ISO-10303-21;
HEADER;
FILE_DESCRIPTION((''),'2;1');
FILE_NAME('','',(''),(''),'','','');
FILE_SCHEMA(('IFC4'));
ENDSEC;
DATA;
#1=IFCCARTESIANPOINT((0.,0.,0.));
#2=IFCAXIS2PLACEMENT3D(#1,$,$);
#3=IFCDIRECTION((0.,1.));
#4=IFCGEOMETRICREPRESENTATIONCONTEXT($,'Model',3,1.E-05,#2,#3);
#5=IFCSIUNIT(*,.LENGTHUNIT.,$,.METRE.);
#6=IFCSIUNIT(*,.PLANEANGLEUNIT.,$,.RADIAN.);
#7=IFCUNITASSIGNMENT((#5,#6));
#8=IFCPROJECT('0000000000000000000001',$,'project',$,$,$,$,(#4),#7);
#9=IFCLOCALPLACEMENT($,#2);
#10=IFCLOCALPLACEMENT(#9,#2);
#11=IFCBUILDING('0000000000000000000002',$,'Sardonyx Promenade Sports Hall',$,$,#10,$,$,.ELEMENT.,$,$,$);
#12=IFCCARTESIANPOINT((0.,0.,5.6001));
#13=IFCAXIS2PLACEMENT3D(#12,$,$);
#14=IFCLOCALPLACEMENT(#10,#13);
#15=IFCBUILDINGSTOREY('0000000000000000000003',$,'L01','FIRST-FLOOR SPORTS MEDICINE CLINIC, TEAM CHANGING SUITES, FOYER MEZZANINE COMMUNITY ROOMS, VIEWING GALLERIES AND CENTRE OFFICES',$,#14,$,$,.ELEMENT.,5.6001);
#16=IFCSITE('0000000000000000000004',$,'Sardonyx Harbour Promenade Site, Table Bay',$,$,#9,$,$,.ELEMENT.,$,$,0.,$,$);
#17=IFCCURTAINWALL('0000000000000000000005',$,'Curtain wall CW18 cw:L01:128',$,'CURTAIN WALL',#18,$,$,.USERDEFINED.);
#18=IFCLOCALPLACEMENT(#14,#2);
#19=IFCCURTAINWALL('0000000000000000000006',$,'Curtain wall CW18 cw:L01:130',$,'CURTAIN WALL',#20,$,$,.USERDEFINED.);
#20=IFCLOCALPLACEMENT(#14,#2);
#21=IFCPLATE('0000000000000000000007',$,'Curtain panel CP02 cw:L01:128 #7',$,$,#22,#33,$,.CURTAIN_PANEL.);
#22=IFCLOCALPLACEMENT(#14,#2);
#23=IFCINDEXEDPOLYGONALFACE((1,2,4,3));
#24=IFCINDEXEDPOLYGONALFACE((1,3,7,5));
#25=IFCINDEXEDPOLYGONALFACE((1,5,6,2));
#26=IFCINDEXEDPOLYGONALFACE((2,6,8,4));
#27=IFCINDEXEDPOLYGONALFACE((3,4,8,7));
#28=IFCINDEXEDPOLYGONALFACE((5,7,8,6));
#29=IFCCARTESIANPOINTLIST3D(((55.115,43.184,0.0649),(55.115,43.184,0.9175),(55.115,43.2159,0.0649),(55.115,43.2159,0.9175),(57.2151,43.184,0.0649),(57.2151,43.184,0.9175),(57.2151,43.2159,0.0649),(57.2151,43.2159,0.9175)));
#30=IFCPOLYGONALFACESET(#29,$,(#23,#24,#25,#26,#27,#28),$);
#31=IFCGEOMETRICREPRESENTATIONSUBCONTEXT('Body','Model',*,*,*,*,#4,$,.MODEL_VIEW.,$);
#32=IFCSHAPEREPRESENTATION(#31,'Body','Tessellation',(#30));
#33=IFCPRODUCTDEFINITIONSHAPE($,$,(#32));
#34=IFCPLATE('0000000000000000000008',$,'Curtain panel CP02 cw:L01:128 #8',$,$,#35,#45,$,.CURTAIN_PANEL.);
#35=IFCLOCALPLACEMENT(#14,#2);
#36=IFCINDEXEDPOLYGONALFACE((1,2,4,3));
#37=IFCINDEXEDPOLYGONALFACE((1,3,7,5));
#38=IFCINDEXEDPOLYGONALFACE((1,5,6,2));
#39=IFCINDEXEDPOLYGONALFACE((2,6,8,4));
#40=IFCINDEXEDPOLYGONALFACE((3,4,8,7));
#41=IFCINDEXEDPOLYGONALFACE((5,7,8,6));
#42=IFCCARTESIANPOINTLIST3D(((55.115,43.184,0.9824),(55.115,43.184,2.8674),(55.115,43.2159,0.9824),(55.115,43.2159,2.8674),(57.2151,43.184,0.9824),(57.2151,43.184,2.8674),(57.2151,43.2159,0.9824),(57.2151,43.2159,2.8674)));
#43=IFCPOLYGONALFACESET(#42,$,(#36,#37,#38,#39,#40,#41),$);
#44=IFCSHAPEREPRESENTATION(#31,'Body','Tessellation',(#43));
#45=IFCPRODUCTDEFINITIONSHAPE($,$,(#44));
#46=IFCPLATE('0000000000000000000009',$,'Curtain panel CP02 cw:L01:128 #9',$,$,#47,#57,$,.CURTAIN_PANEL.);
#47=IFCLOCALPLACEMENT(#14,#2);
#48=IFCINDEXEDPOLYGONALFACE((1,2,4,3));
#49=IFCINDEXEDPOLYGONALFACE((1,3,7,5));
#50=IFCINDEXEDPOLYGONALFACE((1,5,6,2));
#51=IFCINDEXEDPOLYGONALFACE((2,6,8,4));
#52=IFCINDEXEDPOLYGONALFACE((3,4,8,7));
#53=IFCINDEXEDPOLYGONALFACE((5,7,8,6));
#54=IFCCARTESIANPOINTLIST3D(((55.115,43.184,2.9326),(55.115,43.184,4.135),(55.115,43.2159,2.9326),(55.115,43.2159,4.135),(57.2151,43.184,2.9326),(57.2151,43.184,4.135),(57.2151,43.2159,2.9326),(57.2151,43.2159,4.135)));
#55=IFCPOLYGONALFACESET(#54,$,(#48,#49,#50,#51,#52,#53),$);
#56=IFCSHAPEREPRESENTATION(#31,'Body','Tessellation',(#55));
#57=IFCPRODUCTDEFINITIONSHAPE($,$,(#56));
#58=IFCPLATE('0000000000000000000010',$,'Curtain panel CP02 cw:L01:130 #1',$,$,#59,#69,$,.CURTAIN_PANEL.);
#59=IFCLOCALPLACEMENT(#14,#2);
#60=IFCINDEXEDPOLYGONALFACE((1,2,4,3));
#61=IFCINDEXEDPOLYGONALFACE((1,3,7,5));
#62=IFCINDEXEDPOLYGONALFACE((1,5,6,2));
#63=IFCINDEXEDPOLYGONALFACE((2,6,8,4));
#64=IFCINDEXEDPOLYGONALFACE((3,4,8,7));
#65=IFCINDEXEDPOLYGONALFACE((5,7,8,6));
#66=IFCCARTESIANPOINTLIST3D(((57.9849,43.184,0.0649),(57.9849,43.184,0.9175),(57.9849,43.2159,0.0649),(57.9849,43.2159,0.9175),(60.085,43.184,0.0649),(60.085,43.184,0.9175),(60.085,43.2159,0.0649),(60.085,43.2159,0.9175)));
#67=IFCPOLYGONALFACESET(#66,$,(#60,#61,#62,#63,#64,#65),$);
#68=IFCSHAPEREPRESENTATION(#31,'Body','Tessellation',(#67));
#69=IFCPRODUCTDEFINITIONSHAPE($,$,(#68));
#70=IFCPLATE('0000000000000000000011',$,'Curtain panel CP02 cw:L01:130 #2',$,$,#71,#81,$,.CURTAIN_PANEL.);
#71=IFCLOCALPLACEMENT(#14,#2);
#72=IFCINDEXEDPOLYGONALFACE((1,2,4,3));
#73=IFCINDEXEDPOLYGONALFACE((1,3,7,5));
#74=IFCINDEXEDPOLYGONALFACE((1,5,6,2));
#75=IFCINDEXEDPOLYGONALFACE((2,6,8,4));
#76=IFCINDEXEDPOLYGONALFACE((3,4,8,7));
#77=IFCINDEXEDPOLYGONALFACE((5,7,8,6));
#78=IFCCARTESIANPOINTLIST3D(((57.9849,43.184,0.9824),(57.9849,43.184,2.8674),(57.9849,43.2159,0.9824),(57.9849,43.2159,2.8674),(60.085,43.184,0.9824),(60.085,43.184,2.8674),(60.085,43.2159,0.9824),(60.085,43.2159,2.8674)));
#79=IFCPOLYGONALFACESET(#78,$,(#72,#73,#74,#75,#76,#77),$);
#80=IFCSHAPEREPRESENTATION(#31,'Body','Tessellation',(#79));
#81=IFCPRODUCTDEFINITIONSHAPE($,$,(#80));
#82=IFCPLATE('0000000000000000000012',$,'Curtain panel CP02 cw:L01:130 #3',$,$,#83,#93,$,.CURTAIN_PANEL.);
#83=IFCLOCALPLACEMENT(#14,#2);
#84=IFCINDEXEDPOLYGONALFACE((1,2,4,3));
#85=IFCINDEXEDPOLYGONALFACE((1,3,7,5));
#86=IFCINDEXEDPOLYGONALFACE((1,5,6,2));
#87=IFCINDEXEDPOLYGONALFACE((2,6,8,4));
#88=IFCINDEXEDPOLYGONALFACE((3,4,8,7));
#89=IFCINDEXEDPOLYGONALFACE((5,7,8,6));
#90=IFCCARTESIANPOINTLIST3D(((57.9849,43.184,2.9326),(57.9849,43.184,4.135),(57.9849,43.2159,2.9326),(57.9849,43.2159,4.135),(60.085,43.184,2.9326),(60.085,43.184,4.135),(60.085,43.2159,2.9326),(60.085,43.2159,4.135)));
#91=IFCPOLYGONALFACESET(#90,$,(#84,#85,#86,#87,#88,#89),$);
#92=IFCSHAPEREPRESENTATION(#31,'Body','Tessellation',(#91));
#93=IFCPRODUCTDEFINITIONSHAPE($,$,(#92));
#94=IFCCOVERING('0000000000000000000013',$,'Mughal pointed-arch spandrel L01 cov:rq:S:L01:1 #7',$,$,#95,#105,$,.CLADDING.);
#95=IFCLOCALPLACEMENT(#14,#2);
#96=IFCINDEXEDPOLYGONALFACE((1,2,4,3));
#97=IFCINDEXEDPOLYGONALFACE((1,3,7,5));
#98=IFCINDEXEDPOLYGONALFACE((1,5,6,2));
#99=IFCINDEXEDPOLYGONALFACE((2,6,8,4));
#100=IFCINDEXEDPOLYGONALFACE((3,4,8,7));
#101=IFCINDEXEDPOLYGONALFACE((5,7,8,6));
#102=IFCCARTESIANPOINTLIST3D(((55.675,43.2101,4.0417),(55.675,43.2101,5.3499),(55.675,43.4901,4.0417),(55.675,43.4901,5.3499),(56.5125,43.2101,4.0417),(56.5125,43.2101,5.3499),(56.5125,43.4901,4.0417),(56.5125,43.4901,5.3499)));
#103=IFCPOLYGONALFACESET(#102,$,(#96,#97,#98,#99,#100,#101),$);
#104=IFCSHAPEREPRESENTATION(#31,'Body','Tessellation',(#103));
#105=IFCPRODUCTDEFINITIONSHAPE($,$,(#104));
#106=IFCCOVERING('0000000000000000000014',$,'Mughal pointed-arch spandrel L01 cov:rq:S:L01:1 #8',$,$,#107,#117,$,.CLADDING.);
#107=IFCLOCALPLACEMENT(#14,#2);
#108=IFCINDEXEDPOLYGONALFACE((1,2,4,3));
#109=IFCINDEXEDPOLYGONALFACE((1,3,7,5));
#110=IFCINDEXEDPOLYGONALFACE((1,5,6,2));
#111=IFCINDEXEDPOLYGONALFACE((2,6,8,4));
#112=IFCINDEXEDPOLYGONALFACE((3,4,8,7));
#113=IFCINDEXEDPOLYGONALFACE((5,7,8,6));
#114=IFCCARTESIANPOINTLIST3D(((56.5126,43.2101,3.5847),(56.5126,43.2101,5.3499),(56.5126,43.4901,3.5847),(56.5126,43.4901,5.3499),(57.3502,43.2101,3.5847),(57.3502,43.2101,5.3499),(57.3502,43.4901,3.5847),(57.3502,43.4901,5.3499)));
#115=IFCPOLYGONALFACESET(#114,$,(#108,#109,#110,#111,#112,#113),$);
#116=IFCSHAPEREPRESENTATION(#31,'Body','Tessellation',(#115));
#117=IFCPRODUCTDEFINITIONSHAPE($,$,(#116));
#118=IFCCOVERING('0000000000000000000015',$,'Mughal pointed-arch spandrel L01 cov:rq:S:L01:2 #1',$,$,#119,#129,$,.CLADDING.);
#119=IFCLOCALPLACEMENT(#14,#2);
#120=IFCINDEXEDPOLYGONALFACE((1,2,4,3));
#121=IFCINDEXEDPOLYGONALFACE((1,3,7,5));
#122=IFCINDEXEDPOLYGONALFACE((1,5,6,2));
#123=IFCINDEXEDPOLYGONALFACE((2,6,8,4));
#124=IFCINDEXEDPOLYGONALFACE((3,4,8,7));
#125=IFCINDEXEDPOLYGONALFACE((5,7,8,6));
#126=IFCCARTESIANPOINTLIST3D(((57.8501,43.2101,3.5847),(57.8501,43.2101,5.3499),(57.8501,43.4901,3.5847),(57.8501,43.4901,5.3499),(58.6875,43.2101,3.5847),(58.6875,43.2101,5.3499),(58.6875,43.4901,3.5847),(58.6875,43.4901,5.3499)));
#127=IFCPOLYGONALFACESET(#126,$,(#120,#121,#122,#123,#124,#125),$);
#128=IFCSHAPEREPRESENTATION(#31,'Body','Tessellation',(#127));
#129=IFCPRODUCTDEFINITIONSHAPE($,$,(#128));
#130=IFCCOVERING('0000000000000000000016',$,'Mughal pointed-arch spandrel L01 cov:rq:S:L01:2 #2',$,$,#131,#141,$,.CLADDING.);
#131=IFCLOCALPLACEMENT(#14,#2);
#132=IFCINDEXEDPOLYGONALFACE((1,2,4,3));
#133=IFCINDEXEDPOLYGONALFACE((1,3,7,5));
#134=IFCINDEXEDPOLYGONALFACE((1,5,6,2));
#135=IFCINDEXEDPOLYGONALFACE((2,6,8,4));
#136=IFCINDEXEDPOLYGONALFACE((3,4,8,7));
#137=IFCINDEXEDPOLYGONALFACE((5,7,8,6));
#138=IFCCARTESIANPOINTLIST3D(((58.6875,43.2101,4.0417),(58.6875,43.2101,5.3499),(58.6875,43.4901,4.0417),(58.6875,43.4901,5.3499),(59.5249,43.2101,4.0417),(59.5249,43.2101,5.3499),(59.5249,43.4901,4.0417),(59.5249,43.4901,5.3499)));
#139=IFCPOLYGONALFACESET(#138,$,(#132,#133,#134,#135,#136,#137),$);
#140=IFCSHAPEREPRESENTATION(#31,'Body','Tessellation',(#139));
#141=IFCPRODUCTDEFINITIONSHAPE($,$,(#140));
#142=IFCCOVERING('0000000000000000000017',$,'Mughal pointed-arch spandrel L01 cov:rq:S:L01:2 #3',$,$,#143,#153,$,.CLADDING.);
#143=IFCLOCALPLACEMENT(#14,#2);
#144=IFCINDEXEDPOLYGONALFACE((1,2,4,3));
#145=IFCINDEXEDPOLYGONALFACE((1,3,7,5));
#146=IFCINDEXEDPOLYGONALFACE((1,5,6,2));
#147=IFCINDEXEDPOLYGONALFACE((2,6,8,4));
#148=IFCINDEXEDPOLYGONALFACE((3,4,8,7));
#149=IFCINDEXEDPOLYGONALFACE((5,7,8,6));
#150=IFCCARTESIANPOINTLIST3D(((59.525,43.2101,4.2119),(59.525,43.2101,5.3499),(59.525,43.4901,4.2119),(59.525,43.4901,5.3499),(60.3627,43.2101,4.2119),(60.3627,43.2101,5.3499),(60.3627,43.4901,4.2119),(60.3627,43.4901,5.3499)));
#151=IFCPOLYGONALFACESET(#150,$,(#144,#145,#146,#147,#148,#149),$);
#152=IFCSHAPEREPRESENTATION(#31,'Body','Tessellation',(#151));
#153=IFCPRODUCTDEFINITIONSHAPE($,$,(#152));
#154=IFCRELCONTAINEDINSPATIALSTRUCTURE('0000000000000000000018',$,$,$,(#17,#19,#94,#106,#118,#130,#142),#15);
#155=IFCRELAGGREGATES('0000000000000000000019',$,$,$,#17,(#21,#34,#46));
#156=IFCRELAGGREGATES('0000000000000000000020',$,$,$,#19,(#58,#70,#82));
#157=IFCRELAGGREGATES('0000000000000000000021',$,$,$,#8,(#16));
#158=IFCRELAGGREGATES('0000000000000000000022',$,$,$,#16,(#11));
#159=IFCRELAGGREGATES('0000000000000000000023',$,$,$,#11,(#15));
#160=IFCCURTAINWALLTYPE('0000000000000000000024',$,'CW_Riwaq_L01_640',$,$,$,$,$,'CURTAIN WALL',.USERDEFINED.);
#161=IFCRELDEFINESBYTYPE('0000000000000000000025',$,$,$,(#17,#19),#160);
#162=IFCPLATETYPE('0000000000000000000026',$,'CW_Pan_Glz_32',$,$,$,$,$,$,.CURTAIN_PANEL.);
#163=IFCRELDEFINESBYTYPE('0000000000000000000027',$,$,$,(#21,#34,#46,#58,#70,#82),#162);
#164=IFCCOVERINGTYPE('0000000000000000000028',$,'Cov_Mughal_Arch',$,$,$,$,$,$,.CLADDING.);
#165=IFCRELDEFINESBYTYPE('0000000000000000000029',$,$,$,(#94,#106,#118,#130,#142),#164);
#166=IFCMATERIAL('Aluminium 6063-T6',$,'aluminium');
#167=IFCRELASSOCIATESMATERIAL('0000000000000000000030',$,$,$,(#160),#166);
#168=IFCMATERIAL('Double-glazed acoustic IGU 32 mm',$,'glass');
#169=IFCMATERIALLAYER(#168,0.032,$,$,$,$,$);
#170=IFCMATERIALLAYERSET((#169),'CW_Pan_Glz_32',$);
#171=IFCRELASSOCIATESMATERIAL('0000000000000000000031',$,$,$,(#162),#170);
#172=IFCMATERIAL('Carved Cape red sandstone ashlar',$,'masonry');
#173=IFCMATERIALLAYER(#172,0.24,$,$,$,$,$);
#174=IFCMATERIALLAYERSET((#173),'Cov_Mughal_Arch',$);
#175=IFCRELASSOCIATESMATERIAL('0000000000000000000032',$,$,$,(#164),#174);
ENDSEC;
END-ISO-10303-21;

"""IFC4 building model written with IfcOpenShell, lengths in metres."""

from ifc_helpers import new_model, si_unit, direction, frame, frame_2d, origin, origin_2d, place, context, subcontext, project, spatial, rectangle, extrude, material, layer, layer_set, type_object, element, aggregate, save


model = new_model("IFC4")

# Units and contexts
model_context = context("Model", 3, precision=1e-05, world=origin(), true_north=direction((0.0, 1.0)))
body_context = subcontext(model_context, "Body", "Model", "MODEL_VIEW")
ifc_project = project(units=[si_unit("LENGTHUNIT", "METRE"), si_unit("PLANEANGLEUNIT", "RADIAN")], contexts=[model_context])

# Site, building, storey
site_placement = place(None, origin())
site = spatial("IfcSite", under=ifc_project, at=site_placement, Name="Sardonyx Harbour Promenade Site, Table Bay", CompositionType="ELEMENT", RefElevation=0.0)
building_placement = place(site_placement, origin())
building = spatial("IfcBuilding", under=site, at=building_placement, Name="Sardonyx Promenade Sports Hall", CompositionType="ELEMENT")
storey_placement = place(building_placement, frame((0.0, 0.0, 5.6001)))
storey = spatial("IfcBuildingStorey", under=building, at=storey_placement, Name="L01", Description="FIRST-FLOOR SPORTS MEDICINE CLINIC, TEAM CHANGING SUITES, FOYER MEZZANINE COMMUNITY ROOMS, VIEWING GALLERIES AND CENTRE OFFICES", CompositionType="ELEMENT", Elevation=5.6001)

# Curtain wall
ifc_material_1 = material(Name="Aluminium 6063-T6", Category="aluminium")
curtain_wall_type = type_object("IfcCurtainWallType", Name="CW_Riwaq_L01_640", ElementType="CURTAIN WALL", PredefinedType="USERDEFINED", material=ifc_material_1)
curtain_wall_1_placement = place(storey_placement, origin())
curtain_wall_1 = element("IfcCurtainWall", 1, at=curtain_wall_1_placement, inside=storey, type_object=curtain_wall_type, Name="Curtain wall CW18 cw:L01:128", ObjectType="CURTAIN WALL", PredefinedType="USERDEFINED")

# Curtain wall
curtain_wall_2_placement = place(storey_placement, origin())
curtain_wall_2 = element("IfcCurtainWall", 2, at=curtain_wall_2_placement, inside=storey, type_object=curtain_wall_type, Name="Curtain wall CW18 cw:L01:130", ObjectType="CURTAIN WALL", PredefinedType="USERDEFINED")

# Plates
ifc_material_2 = material(Name="Double-glazed acoustic IGU 32 mm", Category="glass")
ifc_layer_1 = layer(ifc_material_2, 0.032)
ifc_layer_set_1 = layer_set([ifc_layer_1], Name="CW_Pan_Glz_32")
plate_type = type_object("IfcPlateType", Name="CW_Pan_Glz_32", PredefinedType="CURTAIN_PANEL", material=ifc_layer_set_1)
plate_1_placement = place(storey_placement, frame((56.165, 43.2, 0.0649), z_axis=(0.0, 0.0, 1.0), x_axis=(1.0, 0.0, 0.0)))
plate_1 = element("IfcPlate", 3, at=plate_1_placement, type_object=plate_type, Name="Curtain panel CP02 cw:L01:128 #7", PredefinedType="CURTAIN_PANEL", context=body_context, shape_type="SweptSolid", body=[
    extrude(rectangle(XDim=2.1001, YDim=0.032, at=origin_2d()), origin(), (0.0, 0.0, 1.0), 0.8525),
])
plate_2_placement = place(storey_placement, frame((56.165, 43.2, 0.9824), z_axis=(0.0, 0.0, 1.0), x_axis=(1.0, 0.0, 0.0)))
plate_2 = element("IfcPlate", 4, at=plate_2_placement, type_object=plate_type, Name="Curtain panel CP02 cw:L01:128 #8", PredefinedType="CURTAIN_PANEL", context=body_context, shape_type="SweptSolid", body=[
    extrude(rectangle(XDim=2.1001, YDim=0.032, at=origin_2d()), origin(), (0.0, 0.0, 1.0), 1.885),
])
plate_3_placement = place(storey_placement, frame((56.165, 43.2, 2.9326), z_axis=(0.0, 0.0, 1.0), x_axis=(1.0, 0.0, 0.0)))
plate_3 = element("IfcPlate", 5, at=plate_3_placement, type_object=plate_type, Name="Curtain panel CP02 cw:L01:128 #9", PredefinedType="CURTAIN_PANEL", context=body_context, shape_type="SweptSolid", body=[
    extrude(rectangle(XDim=2.1001, YDim=0.032, at=origin_2d()), origin(), (0.0, 0.0, 1.0), 1.2024),
])
aggregate(curtain_wall_1, [plate_1, plate_2, plate_3])
plate_4_placement = place(storey_placement, frame((59.0349, 43.2, 0.0649), z_axis=(0.0, 0.0, 1.0), x_axis=(1.0, 0.0, 0.0)))
plate_4 = element("IfcPlate", 6, at=plate_4_placement, type_object=plate_type, Name="Curtain panel CP02 cw:L01:130 #1", PredefinedType="CURTAIN_PANEL", context=body_context, shape_type="SweptSolid", body=[
    extrude(rectangle(XDim=2.1001, YDim=0.032, at=origin_2d()), origin(), (0.0, 0.0, 1.0), 0.8525),
])
plate_5_placement = place(storey_placement, frame((59.0349, 43.2, 0.9824), z_axis=(0.0, 0.0, 1.0), x_axis=(1.0, 0.0, 0.0)))
plate_5 = element("IfcPlate", 7, at=plate_5_placement, type_object=plate_type, Name="Curtain panel CP02 cw:L01:130 #2", PredefinedType="CURTAIN_PANEL", context=body_context, shape_type="SweptSolid", body=[
    extrude(rectangle(XDim=2.1001, YDim=0.032, at=origin_2d()), origin(), (0.0, 0.0, 1.0), 1.885),
])
plate_6_placement = place(storey_placement, frame((59.0349, 43.2, 2.9326), z_axis=(0.0, 0.0, 1.0), x_axis=(1.0, 0.0, 0.0)))
plate_6 = element("IfcPlate", 8, at=plate_6_placement, type_object=plate_type, Name="Curtain panel CP02 cw:L01:130 #3", PredefinedType="CURTAIN_PANEL", context=body_context, shape_type="SweptSolid", body=[
    extrude(rectangle(XDim=2.1001, YDim=0.032, at=origin_2d()), origin(), (0.0, 0.0, 1.0), 1.2024),
])
aggregate(curtain_wall_2, [plate_4, plate_5, plate_6])

# Coverings
ifc_material_3 = material(Name="Carved Cape red sandstone ashlar", Category="masonry")
ifc_layer_2 = layer(ifc_material_3, 0.24)
ifc_layer_set_2 = layer_set([ifc_layer_2], Name="Cov_Mughal_Arch")
covering_type = type_object("IfcCoveringType", Name="Cov_Mughal_Arch", PredefinedType="CLADDING", material=ifc_layer_set_2)
covering_1_placement = place(storey_placement, frame((55.675, 43.3501, 4.0417), z_axis=(0.0, 0.0, 1.0), x_axis=(1.0, 0.0, 0.0)))
element("IfcCovering", 9, at=covering_1_placement, inside=storey, type_object=covering_type, Name="Mughal pointed-arch spandrel L01 cov:rq:S:L01:1 #7", PredefinedType="CLADDING", context=body_context, shape_type="SweptSolid", body=[
    extrude(rectangle(XDim=0.8374, YDim=0.28, at=frame_2d((0.4187, 0.0))), origin(), (0.0, 0.0, 1.0), 1.3081),
])
covering_2_placement = place(storey_placement, frame((56.5125, 43.3501, 3.5847), z_axis=(0.0, 0.0, 1.0), x_axis=(1.0, 0.0, 0.0)))
element("IfcCovering", 10, at=covering_2_placement, inside=storey, type_object=covering_type, Name="Mughal pointed-arch spandrel L01 cov:rq:S:L01:1 #8", PredefinedType="CLADDING", context=body_context, shape_type="SweptSolid", body=[
    extrude(rectangle(XDim=0.8376, YDim=0.28, at=frame_2d((0.4189, 0.0))), origin(), (0.0, 0.0, 1.0), 1.7651),
])
covering_3_placement = place(storey_placement, frame((57.8501, 43.3501, 3.5847), z_axis=(0.0, 0.0, 1.0), x_axis=(1.0, 0.0, 0.0)))
element("IfcCovering", 11, at=covering_3_placement, inside=storey, type_object=covering_type, Name="Mughal pointed-arch spandrel L01 cov:rq:S:L01:2 #1", PredefinedType="CLADDING", context=body_context, shape_type="SweptSolid", body=[
    extrude(rectangle(XDim=0.8374, YDim=0.28, at=frame_2d((0.4187, 0.0))), origin(), (0.0, 0.0, 1.0), 1.7651),
])
covering_4_placement = place(storey_placement, frame((58.6875, 43.3501, 4.0417), z_axis=(0.0, 0.0, 1.0), x_axis=(1.0, 0.0, 0.0)))
element("IfcCovering", 12, at=covering_4_placement, inside=storey, type_object=covering_type, Name="Mughal pointed-arch spandrel L01 cov:rq:S:L01:2 #2", PredefinedType="CLADDING", context=body_context, shape_type="SweptSolid", body=[
    extrude(rectangle(XDim=0.8374, YDim=0.28, at=frame_2d((0.4187, 0.0))), origin(), (0.0, 0.0, 1.0), 1.3081),
])
covering_5_placement = place(storey_placement, frame((59.5249, 43.3501, 4.2119), z_axis=(0.0, 0.0, 1.0), x_axis=(1.0, 0.0, 0.0)))
element("IfcCovering", 13, at=covering_5_placement, inside=storey, type_object=covering_type, Name="Mughal pointed-arch spandrel L01 cov:rq:S:L01:2 #3", PredefinedType="CLADDING", context=body_context, shape_type="SweptSolid", body=[
    extrude(rectangle(XDim=0.8376, YDim=0.28, at=frame_2d((0.4189, 0.0))), origin(), (0.0, 0.0, 1.0), 1.1379),
])

save(model, "model.ifc")
